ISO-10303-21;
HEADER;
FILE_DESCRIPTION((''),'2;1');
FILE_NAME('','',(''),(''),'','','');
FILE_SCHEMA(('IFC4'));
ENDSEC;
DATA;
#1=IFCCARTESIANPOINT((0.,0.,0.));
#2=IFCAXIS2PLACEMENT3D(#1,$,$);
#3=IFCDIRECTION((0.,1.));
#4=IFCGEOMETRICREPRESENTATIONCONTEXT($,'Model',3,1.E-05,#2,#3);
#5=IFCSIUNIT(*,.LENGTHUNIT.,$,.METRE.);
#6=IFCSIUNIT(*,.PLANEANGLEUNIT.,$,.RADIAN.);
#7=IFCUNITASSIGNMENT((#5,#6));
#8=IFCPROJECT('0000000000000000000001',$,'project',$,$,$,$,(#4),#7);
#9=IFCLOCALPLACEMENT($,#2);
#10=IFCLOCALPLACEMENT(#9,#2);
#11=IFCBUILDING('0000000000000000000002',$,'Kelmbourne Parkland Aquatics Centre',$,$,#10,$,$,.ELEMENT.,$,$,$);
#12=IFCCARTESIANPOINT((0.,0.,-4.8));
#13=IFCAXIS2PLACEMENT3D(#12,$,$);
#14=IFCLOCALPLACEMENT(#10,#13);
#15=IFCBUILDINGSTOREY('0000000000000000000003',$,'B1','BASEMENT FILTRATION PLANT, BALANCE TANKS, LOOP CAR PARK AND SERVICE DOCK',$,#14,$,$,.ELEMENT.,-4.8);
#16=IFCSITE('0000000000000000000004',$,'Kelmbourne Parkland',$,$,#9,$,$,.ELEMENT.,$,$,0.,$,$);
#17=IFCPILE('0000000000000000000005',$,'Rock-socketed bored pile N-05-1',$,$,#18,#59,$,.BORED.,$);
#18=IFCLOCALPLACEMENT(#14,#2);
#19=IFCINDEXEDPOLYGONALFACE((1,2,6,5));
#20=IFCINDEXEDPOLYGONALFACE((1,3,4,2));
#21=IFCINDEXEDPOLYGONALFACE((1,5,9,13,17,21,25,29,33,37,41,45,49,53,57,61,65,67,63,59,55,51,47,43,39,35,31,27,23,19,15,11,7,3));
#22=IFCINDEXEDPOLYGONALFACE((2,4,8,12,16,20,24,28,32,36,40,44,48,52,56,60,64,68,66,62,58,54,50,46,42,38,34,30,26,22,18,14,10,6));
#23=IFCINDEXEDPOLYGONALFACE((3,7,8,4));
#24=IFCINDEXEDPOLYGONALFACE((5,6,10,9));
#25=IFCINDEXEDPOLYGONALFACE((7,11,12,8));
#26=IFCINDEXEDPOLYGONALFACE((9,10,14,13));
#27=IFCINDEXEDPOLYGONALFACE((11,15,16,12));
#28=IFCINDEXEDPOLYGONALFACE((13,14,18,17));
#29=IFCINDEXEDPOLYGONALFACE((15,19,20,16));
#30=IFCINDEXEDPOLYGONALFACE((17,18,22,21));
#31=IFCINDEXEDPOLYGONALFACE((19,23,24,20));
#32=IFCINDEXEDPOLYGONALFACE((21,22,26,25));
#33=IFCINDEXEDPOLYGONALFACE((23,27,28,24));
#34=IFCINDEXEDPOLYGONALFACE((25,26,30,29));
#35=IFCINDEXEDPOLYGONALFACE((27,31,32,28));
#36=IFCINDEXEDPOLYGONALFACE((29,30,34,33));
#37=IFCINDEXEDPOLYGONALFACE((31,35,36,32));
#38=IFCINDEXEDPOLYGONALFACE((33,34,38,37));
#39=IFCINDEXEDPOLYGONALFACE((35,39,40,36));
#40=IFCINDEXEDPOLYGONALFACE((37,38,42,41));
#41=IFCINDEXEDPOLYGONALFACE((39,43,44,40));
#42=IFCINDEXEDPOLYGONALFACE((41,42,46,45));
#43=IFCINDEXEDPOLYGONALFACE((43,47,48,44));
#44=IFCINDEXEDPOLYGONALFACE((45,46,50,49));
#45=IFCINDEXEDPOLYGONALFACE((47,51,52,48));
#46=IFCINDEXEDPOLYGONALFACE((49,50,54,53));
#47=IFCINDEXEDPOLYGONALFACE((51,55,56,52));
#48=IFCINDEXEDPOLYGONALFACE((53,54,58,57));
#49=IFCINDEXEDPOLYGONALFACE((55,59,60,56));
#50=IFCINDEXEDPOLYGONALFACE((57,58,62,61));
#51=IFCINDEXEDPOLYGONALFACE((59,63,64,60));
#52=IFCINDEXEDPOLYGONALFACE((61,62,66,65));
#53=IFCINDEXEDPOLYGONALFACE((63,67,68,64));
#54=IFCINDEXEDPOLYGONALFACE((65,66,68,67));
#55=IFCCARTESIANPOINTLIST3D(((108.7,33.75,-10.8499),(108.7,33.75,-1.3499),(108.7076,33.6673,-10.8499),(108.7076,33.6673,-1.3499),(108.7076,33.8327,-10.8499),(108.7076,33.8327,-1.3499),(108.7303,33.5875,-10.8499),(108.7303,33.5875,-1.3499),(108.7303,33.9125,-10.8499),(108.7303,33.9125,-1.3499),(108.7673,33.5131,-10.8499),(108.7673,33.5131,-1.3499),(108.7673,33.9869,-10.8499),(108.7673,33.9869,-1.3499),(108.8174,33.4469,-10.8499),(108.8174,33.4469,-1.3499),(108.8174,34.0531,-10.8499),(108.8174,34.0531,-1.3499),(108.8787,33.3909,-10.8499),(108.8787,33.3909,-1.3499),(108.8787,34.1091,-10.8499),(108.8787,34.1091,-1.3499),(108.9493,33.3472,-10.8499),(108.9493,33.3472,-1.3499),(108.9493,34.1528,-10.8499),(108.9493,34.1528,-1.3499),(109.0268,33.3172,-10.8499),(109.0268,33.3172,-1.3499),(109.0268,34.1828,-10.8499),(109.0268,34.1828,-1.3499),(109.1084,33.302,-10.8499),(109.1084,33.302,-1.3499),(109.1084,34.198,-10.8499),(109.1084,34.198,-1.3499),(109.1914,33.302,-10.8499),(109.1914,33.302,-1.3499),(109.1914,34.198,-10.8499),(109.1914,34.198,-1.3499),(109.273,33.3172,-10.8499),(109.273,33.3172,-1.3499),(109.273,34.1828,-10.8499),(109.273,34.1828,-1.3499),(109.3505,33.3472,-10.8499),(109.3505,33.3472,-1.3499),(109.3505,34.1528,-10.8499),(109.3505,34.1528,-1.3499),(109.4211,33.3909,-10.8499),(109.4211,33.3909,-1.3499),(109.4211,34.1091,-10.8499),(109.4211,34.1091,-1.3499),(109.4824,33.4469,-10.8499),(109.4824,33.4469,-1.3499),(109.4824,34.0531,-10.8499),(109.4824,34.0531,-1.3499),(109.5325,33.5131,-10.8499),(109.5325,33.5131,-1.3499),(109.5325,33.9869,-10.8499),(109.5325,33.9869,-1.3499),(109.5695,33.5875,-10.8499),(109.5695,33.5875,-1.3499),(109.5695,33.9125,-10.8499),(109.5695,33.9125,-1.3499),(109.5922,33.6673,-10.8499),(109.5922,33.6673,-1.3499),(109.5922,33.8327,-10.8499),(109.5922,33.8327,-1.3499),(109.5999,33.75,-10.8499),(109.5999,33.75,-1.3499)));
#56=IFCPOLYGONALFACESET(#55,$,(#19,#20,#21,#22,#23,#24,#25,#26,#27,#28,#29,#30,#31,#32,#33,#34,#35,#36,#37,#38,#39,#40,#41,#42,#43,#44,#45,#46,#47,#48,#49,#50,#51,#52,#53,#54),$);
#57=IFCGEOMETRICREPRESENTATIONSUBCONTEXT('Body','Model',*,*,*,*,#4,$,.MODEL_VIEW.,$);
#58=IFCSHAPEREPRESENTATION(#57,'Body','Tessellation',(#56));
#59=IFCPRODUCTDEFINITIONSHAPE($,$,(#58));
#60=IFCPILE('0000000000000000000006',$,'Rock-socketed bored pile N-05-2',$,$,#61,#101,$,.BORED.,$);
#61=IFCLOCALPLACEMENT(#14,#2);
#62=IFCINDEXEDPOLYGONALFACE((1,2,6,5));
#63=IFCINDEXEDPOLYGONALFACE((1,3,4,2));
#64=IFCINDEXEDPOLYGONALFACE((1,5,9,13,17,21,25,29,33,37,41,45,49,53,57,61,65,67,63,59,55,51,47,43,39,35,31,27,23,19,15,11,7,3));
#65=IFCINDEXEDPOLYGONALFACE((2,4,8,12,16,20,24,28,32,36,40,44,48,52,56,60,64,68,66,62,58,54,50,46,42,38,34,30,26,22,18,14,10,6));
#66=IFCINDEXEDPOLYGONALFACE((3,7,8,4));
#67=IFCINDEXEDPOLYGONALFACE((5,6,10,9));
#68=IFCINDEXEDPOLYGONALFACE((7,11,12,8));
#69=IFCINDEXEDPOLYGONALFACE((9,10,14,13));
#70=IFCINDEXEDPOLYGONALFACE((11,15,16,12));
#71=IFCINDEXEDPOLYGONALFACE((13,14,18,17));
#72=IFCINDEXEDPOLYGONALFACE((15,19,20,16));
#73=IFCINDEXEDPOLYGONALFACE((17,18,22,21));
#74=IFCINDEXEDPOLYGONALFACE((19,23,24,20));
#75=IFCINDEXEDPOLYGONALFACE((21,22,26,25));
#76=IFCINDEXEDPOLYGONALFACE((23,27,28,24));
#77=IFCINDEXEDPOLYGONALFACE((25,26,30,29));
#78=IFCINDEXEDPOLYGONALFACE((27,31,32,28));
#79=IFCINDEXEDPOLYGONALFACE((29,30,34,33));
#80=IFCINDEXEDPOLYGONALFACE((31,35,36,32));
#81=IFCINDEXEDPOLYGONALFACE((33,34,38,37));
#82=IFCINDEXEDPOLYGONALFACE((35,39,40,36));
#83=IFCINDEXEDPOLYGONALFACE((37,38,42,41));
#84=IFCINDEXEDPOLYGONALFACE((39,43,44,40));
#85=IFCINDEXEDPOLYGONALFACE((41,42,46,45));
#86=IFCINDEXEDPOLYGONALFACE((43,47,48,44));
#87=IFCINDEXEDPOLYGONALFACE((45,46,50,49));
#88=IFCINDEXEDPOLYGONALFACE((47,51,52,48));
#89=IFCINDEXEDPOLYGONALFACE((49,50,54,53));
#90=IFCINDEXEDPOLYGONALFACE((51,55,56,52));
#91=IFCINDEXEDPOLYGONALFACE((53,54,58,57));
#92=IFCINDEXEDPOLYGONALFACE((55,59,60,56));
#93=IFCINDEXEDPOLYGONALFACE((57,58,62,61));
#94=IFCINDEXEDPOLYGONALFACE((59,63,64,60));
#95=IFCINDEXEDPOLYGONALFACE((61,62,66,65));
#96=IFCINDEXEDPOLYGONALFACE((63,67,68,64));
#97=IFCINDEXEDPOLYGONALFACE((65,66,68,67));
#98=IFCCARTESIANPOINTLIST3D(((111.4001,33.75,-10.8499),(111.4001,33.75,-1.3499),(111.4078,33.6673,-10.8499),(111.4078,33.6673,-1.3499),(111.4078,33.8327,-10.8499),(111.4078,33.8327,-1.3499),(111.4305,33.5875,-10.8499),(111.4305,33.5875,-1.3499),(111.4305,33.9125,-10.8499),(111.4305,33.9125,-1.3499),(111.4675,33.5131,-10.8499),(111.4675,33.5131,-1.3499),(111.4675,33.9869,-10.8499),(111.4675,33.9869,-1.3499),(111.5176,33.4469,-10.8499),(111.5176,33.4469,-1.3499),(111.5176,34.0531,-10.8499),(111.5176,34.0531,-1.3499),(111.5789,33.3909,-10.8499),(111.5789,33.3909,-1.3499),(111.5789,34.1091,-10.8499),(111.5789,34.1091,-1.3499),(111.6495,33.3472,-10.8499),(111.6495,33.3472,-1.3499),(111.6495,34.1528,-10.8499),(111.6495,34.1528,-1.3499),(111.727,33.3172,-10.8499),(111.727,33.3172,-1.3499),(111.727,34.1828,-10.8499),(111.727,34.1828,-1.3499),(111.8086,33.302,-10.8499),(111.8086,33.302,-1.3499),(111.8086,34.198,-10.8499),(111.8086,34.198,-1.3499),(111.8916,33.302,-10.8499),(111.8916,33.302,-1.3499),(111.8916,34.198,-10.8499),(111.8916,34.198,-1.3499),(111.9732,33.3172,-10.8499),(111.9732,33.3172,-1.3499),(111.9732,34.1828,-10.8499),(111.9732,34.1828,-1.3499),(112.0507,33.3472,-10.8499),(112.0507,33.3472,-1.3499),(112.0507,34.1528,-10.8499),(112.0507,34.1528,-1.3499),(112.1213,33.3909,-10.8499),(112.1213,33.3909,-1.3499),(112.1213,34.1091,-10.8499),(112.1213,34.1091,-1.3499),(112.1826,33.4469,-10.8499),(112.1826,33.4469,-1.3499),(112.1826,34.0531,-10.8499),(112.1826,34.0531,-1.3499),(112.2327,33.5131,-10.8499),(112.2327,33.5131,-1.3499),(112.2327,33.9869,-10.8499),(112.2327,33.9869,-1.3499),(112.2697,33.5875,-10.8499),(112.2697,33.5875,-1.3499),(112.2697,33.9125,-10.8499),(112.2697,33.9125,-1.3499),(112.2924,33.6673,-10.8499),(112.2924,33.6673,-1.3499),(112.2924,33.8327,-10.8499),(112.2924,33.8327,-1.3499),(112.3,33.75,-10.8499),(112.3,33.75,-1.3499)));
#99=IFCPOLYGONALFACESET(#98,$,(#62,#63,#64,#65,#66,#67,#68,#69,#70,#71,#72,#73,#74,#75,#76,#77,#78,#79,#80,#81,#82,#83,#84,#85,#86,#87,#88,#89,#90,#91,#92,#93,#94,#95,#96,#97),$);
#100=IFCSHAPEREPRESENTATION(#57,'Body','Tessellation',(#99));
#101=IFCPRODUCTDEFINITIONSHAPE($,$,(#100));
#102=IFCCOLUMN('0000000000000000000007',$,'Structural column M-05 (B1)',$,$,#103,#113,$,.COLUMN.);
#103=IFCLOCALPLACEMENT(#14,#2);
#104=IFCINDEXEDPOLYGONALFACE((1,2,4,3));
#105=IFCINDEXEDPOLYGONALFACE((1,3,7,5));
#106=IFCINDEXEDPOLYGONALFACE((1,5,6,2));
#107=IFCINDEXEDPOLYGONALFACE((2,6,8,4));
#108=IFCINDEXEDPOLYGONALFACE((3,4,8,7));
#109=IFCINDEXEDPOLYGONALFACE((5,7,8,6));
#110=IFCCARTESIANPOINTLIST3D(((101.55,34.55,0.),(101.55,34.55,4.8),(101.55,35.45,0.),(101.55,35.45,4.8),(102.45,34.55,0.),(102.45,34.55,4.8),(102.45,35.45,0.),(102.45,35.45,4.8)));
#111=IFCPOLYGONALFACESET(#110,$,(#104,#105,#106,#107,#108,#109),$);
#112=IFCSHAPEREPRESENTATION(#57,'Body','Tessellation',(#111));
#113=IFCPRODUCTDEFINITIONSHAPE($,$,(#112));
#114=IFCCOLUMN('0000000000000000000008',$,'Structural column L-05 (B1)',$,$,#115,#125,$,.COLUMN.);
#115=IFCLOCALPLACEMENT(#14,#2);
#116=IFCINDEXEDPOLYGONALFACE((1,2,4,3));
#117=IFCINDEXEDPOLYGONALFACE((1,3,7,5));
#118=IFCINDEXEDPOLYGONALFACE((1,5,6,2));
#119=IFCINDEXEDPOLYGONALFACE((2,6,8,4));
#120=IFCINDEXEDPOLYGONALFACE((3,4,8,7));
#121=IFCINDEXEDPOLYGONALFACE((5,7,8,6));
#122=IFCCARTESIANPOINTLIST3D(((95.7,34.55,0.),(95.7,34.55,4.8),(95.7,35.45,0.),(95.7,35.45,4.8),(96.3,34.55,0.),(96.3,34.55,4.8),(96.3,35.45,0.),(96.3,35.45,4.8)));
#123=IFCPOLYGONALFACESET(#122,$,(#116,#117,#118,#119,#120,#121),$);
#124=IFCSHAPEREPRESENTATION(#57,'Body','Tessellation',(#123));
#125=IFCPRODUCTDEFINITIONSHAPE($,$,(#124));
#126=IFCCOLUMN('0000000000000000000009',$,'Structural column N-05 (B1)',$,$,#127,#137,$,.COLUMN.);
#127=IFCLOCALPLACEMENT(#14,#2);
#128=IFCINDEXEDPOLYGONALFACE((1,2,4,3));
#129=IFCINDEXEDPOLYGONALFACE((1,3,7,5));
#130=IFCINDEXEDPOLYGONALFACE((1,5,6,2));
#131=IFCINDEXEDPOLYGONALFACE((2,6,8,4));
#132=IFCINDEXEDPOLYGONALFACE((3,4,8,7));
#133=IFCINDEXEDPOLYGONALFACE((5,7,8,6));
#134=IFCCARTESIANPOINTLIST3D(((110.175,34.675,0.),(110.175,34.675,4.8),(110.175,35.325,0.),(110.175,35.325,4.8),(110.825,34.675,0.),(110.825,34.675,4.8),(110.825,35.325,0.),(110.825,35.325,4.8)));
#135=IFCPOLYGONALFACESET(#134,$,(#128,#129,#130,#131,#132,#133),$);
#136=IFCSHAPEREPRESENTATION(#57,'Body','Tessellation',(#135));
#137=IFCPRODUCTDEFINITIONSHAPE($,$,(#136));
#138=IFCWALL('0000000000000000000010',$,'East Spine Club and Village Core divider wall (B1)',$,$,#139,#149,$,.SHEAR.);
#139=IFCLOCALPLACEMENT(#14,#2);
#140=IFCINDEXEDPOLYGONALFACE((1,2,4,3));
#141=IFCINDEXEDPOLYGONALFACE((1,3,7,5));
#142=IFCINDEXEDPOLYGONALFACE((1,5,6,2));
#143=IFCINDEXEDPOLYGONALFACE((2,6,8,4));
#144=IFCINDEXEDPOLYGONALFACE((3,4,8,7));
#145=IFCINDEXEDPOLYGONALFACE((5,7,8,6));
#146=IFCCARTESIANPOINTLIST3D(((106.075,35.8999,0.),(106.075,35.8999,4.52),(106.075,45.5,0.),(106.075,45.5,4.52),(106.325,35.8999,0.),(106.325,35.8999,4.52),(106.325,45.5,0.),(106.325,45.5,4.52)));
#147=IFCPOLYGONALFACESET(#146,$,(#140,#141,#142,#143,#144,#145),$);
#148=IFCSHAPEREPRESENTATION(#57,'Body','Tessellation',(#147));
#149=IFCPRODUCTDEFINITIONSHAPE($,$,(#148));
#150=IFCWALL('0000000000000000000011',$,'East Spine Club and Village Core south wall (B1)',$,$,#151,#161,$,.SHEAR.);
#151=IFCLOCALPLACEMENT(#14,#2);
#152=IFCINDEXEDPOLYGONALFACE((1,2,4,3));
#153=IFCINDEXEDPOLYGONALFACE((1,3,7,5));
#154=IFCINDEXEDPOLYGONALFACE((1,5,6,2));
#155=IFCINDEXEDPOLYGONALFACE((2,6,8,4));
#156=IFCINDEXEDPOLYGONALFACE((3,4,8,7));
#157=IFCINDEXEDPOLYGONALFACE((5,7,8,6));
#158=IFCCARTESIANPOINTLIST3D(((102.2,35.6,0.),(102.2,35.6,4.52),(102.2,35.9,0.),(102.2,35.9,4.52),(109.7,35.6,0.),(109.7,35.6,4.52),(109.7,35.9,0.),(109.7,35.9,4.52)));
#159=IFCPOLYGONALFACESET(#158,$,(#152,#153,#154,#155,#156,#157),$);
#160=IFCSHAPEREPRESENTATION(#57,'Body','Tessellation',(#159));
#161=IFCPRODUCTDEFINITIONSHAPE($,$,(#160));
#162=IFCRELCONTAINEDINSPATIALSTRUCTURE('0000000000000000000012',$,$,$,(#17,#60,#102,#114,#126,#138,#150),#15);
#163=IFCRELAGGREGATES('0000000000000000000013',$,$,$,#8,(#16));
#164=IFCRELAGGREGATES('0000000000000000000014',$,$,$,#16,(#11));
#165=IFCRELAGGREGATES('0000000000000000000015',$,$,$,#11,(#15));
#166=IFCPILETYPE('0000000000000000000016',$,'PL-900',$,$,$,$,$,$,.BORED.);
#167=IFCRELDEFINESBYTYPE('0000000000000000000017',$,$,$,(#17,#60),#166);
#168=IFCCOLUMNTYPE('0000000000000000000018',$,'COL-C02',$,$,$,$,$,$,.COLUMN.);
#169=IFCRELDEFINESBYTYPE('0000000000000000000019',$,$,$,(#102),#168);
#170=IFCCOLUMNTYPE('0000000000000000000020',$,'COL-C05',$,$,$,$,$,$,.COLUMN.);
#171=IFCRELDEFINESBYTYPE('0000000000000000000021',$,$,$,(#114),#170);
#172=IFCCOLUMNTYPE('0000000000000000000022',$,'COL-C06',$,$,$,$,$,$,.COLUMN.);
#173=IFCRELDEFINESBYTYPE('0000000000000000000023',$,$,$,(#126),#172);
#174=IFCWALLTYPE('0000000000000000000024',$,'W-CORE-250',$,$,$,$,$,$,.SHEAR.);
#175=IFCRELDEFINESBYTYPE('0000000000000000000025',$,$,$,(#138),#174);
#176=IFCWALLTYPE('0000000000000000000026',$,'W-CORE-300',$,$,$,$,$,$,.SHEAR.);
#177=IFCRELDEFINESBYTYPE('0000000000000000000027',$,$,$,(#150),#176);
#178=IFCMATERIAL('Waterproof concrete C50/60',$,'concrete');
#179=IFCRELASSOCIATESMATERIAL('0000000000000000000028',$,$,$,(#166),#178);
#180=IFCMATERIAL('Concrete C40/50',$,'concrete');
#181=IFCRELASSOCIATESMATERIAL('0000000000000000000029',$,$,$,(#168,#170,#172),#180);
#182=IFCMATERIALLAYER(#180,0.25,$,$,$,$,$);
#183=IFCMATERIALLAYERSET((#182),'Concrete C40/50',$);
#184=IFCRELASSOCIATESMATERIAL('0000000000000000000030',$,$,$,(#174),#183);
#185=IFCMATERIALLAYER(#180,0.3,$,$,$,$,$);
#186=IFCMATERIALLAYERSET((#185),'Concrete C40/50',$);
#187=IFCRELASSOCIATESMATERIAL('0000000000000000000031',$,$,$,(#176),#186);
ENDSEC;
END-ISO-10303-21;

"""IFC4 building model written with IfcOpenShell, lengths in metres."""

from ifc_helpers import new_model, si_unit, direction, frame, frame_2d, origin, origin_2d, place, context, subcontext, project, spatial, rectangle, circle, extrude, material, layer, layer_set, material_profile, profile_set, type_object, element, save


model = new_model("IFC4")

# Units and contexts
model_context = context("Model", 3, precision=1e-05, world=origin(), true_north=direction((0.0, 1.0)))
body_context = subcontext(model_context, "Body", "Model", "MODEL_VIEW")
ifc_project = project(units=[si_unit("LENGTHUNIT", "METRE"), si_unit("PLANEANGLEUNIT", "RADIAN")], contexts=[model_context])

# Site, building, storey
site_placement = place(None, origin())
site = spatial("IfcSite", under=ifc_project, at=site_placement, Name="Kelmbourne Parkland", CompositionType="ELEMENT", RefElevation=0.0)
building_placement = place(site_placement, origin())
building = spatial("IfcBuilding", under=site, at=building_placement, Name="Kelmbourne Parkland Aquatics Centre", CompositionType="ELEMENT")
storey_placement = place(building_placement, frame((0.0, 0.0, -4.8)))
storey = spatial("IfcBuildingStorey", under=building, at=storey_placement, Name="B1", Description="BASEMENT FILTRATION PLANT, BALANCE TANKS, LOOP CAR PARK AND SERVICE DOCK", CompositionType="ELEMENT", Elevation=-4.8)

# Shared definitions
ifc_material_1 = material(Name="Waterproof concrete C50/60", Category="concrete")

# Piles
ifc_material_profile_1 = material_profile(ifc_material_1, circle(Radius=0.45, at=origin_2d()), Name="PILE D900")
ifc_profile_set_1 = profile_set([ifc_material_profile_1], Name="Waterproof concrete C50/60")
pile_type_1 = type_object("IfcPileType", Name="PL-900", PredefinedType="BORED", material=ifc_profile_set_1)
for number, where, z_axis, x_axis, name in (
    (1, (109.1499, 33.75, -1.3499), (0.0, 0.0, -1.0), (1.0, 0.0, 0.0), "Rock-socketed bored pile N-05-1"),
    (2, (111.8501, 33.75, -1.3499), (0.0, 0.0, -1.0), (1.0, 0.0, 0.0), "Rock-socketed bored pile N-05-2"),
):
    element("IfcPile", number, at=place(storey_placement, frame(where, z_axis=z_axis, x_axis=x_axis)), inside=storey, type_object=pile_type_1, Name=name, PredefinedType="BORED", context=body_context, shape_type="SweptSolid", body=[
        extrude(circle(Radius=0.45, at=origin_2d()), origin(), (0.0, 0.0, 1.0), 9.5),
    ])

# Columns
ifc_material_2 = material(Name="Concrete C40/50", Category="concrete")
ifc_material_profile_2 = material_profile(ifc_material_2, rectangle(XDim=0.8999, YDim=0.8999, at=origin_2d()), Name="RC 900x900")
ifc_profile_set_2 = profile_set([ifc_material_profile_2], Name="Concrete C40/50")
column_type_1 = type_object("IfcColumnType", Name="COL-C02", PredefinedType="COLUMN", material=ifc_profile_set_2)
column_1_placement = place(storey_placement, frame((102.0, 35.0, 0.0), z_axis=(0.0, 0.0, 1.0), x_axis=(1.0, 0.0, 0.0)))
element("IfcColumn", 3, at=column_1_placement, inside=storey, type_object=column_type_1, Name="Structural column M-05 (B1)", PredefinedType="COLUMN", context=body_context, shape_type="SweptSolid", body=[
    extrude(rectangle(XDim=0.8999, YDim=0.8999, at=origin_2d()), origin(), (0.0, 0.0, 1.0), 4.8),
])
ifc_material_profile_3 = material_profile(ifc_material_2, rectangle(XDim=0.6001, YDim=0.8999, at=origin_2d()), Name="RC 600x900")
ifc_profile_set_3 = profile_set([ifc_material_profile_3], Name="Concrete C40/50")
column_type_2 = type_object("IfcColumnType", Name="COL-C05", PredefinedType="COLUMN", material=ifc_profile_set_3)
column_2_placement = place(storey_placement, frame((96.0, 35.0, 0.0), z_axis=(0.0, 0.0, 1.0), x_axis=(1.0, 0.0, 0.0)))
element("IfcColumn", 4, at=column_2_placement, inside=storey, type_object=column_type_2, Name="Structural column L-05 (B1)", PredefinedType="COLUMN", context=body_context, shape_type="SweptSolid", body=[
    extrude(rectangle(XDim=0.6001, YDim=0.8999, at=origin_2d()), origin(), (0.0, 0.0, 1.0), 4.8),
])
ifc_material_profile_4 = material_profile(ifc_material_2, rectangle(XDim=0.6499, YDim=0.6499, at=origin_2d()), Name="RC 650x650")
ifc_profile_set_4 = profile_set([ifc_material_profile_4], Name="Concrete C40/50")
column_type_3 = type_object("IfcColumnType", Name="COL-C06", PredefinedType="COLUMN", material=ifc_profile_set_4)
column_3_placement = place(storey_placement, frame((110.5, 35.0, 0.0), z_axis=(0.0, 0.0, 1.0), x_axis=(1.0, 0.0, 0.0)))
element("IfcColumn", 5, at=column_3_placement, inside=storey, type_object=column_type_3, Name="Structural column N-05 (B1)", PredefinedType="COLUMN", context=body_context, shape_type="SweptSolid", body=[
    extrude(rectangle(XDim=0.6499, YDim=0.6499, at=origin_2d()), origin(), (0.0, 0.0, 1.0), 4.8),
])

# Walls
ifc_layer_1 = layer(ifc_material_2, 0.25)
ifc_layer_set_1 = layer_set([ifc_layer_1], Name="Concrete C40/50")
wall_type_1 = type_object("IfcWallType", Name="W-CORE-250", PredefinedType="SHEAR", material=ifc_layer_set_1)
wall_1_placement = place(storey_placement, frame((106.2, 35.8999, 0.0), z_axis=(0.0, 0.0, 1.0), x_axis=(0.0, 1.0, 0.0)))
element("IfcWall", 6, at=wall_1_placement, inside=storey, type_object=wall_type_1, Name="East Spine Club and Village Core divider wall (B1)", PredefinedType="SHEAR", context=body_context, shape_type="SweptSolid", body=[
    extrude(rectangle(XDim=9.6001, YDim=0.25, at=frame_2d((4.8, 0.0))), origin(), (0.0, 0.0, 1.0), 4.52),
])
ifc_layer_2 = layer(ifc_material_2, 0.3)
ifc_layer_set_2 = layer_set([ifc_layer_2], Name="Concrete C40/50")
wall_type_2 = type_object("IfcWallType", Name="W-CORE-300", PredefinedType="SHEAR", material=ifc_layer_set_2)
wall_2_placement = place(storey_placement, frame((102.2, 35.75, 0.0), z_axis=(0.0, 0.0, 1.0), x_axis=(1.0, 0.0, 0.0)))
element("IfcWall", 7, at=wall_2_placement, inside=storey, type_object=wall_type_2, Name="East Spine Club and Village Core south wall (B1)", PredefinedType="SHEAR", context=body_context, shape_type="SweptSolid", body=[
    extrude(rectangle(XDim=7.5, YDim=0.3, at=frame_2d((3.75, 0.0))), origin(), (0.0, 0.0, 1.0), 4.52),
])

save(model, "model.ifc")
